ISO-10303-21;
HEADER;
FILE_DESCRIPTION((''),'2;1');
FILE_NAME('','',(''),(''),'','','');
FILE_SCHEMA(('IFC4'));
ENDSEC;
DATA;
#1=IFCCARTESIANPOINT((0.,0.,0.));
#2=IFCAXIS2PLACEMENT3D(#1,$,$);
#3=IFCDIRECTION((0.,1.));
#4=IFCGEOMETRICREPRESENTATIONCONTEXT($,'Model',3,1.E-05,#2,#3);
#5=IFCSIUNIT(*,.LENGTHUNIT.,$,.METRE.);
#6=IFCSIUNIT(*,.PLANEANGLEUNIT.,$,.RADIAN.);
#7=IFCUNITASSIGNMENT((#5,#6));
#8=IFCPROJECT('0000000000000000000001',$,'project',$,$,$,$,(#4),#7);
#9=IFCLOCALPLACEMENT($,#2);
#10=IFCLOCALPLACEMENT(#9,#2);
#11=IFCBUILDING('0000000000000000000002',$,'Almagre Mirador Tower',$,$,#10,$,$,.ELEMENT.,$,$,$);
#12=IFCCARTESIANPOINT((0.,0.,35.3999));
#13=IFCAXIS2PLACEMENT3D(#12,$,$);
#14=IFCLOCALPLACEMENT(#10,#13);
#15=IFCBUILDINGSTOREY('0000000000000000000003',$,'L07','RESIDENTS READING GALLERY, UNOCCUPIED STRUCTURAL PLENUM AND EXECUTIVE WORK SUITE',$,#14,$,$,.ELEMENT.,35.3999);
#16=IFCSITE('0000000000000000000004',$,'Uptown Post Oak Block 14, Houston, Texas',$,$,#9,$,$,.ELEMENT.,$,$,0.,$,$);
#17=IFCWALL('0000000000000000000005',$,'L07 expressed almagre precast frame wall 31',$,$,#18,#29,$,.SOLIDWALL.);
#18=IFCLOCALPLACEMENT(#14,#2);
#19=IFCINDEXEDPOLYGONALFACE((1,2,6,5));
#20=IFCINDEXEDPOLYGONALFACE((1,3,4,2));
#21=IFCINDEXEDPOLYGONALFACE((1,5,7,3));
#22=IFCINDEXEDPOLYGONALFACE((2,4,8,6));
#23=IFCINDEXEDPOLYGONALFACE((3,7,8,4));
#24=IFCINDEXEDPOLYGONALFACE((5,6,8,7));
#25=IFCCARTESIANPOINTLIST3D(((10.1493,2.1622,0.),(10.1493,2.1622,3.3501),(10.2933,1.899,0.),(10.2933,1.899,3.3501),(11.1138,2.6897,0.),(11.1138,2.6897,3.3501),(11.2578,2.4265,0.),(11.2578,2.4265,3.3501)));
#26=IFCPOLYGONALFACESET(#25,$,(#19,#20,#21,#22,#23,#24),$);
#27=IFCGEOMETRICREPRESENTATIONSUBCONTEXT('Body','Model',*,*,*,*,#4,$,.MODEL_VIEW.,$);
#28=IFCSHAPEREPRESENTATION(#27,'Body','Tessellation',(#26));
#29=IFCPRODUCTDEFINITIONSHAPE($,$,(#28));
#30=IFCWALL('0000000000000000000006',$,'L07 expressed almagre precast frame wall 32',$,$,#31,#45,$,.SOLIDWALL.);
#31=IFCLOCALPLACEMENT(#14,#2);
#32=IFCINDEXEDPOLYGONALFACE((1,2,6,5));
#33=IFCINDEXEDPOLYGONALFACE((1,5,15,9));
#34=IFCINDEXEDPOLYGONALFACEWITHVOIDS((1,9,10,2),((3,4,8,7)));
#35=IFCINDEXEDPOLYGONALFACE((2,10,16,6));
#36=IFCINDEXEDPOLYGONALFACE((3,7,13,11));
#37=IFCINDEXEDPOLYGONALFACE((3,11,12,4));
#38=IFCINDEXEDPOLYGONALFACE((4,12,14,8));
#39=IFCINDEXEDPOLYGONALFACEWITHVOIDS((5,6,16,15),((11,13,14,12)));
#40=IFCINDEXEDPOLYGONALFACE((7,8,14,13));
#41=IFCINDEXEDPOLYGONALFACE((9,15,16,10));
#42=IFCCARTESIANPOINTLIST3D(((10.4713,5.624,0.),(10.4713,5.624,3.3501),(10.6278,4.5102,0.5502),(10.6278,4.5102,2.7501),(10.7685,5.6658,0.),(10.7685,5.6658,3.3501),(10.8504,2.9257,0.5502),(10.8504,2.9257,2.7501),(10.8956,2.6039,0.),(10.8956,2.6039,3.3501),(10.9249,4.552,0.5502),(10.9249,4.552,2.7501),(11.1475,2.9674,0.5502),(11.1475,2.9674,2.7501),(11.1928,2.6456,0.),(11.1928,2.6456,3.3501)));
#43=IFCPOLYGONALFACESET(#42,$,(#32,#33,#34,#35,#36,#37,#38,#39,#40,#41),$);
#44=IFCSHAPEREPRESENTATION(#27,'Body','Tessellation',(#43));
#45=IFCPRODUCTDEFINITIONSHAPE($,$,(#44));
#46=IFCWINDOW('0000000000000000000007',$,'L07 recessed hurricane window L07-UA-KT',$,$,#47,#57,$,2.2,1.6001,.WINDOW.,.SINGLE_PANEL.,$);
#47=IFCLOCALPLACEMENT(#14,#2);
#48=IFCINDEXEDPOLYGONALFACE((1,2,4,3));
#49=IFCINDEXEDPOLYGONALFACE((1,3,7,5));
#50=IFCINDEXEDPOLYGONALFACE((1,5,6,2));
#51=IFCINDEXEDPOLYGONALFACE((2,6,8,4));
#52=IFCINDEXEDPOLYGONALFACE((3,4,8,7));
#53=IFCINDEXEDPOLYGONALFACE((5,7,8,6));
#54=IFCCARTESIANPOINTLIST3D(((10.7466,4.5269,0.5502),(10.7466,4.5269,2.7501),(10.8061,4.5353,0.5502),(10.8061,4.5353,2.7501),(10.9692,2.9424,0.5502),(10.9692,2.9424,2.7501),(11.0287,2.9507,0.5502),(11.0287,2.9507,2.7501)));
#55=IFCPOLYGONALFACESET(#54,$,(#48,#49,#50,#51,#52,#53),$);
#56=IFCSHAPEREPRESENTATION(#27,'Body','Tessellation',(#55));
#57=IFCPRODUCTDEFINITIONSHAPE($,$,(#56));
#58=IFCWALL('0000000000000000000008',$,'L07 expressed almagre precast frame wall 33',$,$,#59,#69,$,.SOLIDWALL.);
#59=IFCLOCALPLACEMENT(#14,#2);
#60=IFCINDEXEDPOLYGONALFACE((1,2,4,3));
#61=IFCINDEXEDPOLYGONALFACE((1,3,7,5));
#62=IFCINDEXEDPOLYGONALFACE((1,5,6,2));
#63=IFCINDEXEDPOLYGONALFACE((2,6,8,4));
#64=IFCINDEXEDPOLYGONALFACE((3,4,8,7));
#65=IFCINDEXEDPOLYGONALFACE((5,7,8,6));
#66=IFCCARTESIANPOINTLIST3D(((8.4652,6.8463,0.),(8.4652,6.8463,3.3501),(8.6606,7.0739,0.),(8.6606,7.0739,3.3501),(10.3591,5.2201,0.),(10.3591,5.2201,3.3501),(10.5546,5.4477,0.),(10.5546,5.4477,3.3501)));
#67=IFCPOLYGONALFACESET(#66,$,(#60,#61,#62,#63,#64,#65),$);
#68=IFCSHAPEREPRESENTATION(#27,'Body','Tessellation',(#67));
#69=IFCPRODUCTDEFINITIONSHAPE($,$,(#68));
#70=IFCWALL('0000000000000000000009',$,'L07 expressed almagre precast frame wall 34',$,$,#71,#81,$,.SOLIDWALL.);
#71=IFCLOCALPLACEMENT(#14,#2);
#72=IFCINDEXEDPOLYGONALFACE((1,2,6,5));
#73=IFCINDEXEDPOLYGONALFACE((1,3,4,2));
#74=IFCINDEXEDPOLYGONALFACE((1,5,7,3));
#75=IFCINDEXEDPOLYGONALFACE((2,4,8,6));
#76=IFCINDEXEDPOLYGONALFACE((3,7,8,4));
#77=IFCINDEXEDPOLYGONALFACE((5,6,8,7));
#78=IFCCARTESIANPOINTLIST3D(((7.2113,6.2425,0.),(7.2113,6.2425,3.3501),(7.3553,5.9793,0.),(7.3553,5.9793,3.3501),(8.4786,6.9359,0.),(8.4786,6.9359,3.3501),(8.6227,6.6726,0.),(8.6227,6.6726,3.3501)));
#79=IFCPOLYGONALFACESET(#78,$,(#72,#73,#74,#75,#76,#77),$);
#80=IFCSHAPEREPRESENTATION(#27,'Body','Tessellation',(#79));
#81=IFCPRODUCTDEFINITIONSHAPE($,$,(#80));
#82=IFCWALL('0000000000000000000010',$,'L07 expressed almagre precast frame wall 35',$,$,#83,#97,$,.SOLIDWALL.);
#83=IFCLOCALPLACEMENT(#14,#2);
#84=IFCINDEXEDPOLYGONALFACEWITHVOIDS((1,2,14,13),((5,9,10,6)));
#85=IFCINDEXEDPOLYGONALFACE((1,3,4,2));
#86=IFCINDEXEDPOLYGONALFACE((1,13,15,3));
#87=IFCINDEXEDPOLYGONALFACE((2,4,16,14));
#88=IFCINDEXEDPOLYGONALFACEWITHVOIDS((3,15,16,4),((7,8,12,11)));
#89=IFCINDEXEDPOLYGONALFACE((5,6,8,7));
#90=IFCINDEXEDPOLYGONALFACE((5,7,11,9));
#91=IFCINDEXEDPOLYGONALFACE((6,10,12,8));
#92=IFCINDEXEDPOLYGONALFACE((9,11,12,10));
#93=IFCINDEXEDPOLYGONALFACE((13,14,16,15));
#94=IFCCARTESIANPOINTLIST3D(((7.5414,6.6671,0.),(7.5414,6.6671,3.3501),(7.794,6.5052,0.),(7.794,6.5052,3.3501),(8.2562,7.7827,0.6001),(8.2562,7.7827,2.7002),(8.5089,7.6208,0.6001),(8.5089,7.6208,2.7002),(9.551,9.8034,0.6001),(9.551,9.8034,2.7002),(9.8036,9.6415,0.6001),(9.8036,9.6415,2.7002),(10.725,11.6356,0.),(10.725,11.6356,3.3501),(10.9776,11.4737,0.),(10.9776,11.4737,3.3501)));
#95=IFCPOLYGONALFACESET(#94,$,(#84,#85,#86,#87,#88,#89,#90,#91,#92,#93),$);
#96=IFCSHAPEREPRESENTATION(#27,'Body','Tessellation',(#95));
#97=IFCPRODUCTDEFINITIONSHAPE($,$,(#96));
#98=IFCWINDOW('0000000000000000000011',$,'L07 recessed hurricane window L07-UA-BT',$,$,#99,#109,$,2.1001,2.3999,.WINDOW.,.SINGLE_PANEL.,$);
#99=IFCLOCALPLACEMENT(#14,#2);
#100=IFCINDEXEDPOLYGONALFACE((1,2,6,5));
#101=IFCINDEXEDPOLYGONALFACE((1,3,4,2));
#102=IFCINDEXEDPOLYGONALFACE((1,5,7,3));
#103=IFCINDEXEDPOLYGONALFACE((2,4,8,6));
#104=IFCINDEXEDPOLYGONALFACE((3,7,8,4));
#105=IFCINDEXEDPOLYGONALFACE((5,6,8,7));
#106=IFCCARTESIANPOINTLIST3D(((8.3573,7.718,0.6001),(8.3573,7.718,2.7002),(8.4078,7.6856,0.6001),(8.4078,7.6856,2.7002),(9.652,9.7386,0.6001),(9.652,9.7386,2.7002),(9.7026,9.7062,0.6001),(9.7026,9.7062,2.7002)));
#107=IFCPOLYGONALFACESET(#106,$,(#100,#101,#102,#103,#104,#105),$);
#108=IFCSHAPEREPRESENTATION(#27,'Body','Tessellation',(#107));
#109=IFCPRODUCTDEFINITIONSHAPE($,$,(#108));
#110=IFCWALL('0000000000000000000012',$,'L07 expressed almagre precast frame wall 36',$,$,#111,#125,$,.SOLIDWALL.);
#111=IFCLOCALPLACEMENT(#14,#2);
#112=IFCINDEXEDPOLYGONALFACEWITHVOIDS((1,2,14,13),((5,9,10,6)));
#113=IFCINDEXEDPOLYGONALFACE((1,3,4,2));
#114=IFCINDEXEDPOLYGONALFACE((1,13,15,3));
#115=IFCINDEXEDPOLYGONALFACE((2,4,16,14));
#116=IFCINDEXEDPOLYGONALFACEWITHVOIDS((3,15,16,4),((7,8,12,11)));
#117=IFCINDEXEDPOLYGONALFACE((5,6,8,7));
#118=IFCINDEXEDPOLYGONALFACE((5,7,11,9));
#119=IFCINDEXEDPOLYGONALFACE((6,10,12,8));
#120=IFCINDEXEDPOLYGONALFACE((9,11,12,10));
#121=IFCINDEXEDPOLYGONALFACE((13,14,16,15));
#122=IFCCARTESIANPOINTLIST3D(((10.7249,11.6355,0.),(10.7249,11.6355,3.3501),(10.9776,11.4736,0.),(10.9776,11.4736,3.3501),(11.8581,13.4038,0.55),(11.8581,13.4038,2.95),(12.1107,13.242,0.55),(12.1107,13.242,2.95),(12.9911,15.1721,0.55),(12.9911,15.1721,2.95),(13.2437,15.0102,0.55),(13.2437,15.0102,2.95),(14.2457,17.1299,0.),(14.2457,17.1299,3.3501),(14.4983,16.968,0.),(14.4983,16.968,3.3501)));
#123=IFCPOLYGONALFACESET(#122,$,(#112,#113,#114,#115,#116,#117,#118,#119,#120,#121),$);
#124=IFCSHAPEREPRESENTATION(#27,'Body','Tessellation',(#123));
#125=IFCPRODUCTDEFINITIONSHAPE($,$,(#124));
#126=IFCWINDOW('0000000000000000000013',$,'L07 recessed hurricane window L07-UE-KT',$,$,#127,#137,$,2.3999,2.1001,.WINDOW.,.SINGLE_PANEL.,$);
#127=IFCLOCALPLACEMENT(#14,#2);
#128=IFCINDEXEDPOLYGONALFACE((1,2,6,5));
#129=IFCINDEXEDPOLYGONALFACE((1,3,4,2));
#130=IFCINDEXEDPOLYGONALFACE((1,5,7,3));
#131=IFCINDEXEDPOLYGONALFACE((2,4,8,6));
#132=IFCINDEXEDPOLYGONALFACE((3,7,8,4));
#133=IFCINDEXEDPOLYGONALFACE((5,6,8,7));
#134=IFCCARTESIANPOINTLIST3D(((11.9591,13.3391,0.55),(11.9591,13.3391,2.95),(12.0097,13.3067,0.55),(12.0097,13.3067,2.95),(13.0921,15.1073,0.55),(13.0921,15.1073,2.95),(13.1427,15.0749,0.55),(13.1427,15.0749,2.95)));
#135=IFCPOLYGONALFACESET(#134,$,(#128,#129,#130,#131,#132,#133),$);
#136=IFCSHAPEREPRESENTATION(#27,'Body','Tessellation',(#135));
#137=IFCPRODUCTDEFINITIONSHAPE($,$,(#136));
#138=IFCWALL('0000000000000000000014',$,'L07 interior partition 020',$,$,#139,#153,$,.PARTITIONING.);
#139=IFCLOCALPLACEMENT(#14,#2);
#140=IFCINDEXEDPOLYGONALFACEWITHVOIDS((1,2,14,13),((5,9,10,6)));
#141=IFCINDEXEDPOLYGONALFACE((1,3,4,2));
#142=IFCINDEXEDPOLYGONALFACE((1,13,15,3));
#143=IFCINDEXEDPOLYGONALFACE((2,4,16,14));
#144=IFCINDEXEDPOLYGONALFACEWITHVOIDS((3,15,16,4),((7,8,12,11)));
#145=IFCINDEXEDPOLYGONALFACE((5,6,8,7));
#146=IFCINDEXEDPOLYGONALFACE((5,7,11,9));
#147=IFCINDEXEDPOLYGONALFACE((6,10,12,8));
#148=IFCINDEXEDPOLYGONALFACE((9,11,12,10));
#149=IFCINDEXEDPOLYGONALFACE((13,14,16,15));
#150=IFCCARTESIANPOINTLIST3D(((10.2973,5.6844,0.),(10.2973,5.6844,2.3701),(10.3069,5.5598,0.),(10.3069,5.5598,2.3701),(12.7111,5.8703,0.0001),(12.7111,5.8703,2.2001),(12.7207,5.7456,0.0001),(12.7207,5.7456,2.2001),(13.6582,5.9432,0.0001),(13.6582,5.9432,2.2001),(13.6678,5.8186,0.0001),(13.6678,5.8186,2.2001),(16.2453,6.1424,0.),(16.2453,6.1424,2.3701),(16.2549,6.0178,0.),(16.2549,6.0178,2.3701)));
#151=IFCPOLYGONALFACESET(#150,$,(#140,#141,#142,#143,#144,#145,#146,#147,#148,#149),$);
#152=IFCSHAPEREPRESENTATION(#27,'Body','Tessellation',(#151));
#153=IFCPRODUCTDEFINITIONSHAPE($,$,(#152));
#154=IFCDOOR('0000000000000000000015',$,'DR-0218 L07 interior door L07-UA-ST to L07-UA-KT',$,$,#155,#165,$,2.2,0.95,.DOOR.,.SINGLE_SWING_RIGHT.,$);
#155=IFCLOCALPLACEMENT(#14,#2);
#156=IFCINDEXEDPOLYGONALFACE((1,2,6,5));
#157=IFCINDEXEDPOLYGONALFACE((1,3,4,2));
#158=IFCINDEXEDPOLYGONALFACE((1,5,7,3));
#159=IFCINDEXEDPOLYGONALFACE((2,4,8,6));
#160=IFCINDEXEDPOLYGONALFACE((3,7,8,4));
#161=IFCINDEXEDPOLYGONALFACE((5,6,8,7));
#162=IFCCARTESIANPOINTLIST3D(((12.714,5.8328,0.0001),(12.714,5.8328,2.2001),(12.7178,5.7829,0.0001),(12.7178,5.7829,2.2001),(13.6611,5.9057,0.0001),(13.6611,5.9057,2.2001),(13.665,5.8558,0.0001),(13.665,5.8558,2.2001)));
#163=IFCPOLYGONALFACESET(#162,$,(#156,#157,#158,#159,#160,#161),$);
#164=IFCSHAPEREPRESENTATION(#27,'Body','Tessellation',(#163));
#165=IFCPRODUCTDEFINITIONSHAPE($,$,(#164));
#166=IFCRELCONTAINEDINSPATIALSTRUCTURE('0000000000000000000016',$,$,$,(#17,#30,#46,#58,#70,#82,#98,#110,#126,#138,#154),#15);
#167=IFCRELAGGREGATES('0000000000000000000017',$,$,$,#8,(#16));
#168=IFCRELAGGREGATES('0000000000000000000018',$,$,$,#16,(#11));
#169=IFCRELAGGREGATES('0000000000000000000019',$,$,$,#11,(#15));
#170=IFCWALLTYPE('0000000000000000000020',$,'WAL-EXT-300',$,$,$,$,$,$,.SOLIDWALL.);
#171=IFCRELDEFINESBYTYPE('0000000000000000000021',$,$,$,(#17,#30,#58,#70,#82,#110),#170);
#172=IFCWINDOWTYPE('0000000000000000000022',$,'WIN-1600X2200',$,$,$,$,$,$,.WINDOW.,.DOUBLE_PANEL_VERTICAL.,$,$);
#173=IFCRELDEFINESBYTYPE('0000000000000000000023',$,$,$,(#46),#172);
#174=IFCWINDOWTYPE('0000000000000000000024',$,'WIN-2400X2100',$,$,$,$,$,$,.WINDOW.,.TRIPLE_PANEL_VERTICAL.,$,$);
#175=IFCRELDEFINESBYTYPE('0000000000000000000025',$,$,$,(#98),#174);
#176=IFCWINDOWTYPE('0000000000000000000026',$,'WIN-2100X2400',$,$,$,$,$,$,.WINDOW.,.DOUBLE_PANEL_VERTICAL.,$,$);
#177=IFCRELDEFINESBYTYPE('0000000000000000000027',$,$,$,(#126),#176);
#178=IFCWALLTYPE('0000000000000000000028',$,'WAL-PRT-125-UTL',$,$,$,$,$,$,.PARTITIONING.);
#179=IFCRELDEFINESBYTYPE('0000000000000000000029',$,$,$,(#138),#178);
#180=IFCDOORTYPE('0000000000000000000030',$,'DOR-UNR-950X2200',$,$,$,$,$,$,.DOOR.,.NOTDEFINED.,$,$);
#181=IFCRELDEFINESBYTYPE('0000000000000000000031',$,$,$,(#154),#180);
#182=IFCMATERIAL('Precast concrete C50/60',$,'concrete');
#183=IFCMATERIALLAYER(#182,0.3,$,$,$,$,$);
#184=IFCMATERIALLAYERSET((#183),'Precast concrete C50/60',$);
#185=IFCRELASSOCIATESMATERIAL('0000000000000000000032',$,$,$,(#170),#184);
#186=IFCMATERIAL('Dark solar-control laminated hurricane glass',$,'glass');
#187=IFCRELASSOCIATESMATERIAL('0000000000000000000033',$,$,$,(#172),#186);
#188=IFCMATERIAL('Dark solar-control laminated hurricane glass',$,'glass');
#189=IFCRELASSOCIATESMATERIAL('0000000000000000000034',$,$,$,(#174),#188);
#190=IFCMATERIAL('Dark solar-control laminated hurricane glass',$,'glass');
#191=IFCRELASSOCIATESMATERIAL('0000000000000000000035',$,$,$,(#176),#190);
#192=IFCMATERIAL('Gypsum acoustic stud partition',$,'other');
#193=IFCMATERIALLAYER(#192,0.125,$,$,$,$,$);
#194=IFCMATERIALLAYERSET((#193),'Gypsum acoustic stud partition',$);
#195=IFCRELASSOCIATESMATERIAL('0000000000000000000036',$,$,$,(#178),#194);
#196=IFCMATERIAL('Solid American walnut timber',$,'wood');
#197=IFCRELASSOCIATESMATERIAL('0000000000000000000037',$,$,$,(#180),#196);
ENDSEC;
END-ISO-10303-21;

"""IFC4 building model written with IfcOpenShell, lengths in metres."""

from ifc_helpers import new_model, si_unit, direction, frame, frame_2d, origin, place, context, subcontext, project, spatial, rectangle, extrude, material, layer, layer_set, type_object, element, fill, save


model = new_model("IFC4")

# Units and contexts
model_context = context("Model", 3, precision=1e-05, world=origin(), true_north=direction((0.0, 1.0)))
body_context = subcontext(model_context, "Body", "Model", "MODEL_VIEW")
ifc_project = project(units=[si_unit("LENGTHUNIT", "METRE"), si_unit("PLANEANGLEUNIT", "RADIAN")], contexts=[model_context])

# Site, building, storey
site_placement = place(None, origin())
site = spatial("IfcSite", under=ifc_project, at=site_placement, Name="Uptown Post Oak Block 14, Houston, Texas", CompositionType="ELEMENT", RefElevation=0.0)
building_placement = place(site_placement, origin())
building = spatial("IfcBuilding", under=site, at=building_placement, Name="Almagre Mirador Tower", CompositionType="ELEMENT")
storey_placement = place(building_placement, frame((0.0, 0.0, 35.3999)))
storey = spatial("IfcBuildingStorey", under=building, at=storey_placement, Name="L07", Description="RESIDENTS READING GALLERY, UNOCCUPIED STRUCTURAL PLENUM AND EXECUTIVE WORK SUITE", CompositionType="ELEMENT", Elevation=35.3999)

# Wall
ifc_material_1 = material(Name="Precast concrete C50/60", Category="concrete")
ifc_layer_1 = layer(ifc_material_1, 0.3)
ifc_layer_set_1 = layer_set([ifc_layer_1], Name="Precast concrete C50/60")
wall_type_1 = type_object("IfcWallType", Name="WAL-EXT-300", PredefinedType="SOLIDWALL", material=ifc_layer_set_1)
wall_1_placement = place(storey_placement, frame((10.2212, 2.0305, 0.0), z_axis=(0.0, 0.0, 1.0), x_axis=(0.877343, 0.479863, 0.0)))
element("IfcWall", 1, at=wall_1_placement, inside=storey, type_object=wall_type_1, Name="L07 expressed almagre precast frame wall 31", PredefinedType="SOLIDWALL", context=body_context, shape_type="SweptSolid", body=[
    extrude(rectangle(XDim=1.0994, YDim=0.3, at=frame_2d((0.5498, 0.0))), origin(), (0.0, 0.0, 1.0), 3.3501),
])

# Wall, opening, window
wall_2_placement = place(storey_placement, frame((11.0442, 2.6248, 0.0), z_axis=(0.0, 0.0, 1.0), x_axis=(-0.139124, 0.990275, 0.0)))
wall_2 = element("IfcWall", 2, at=wall_2_placement, inside=storey, type_object=wall_type_1, Name="L07 expressed almagre precast frame wall 32", PredefinedType="SOLIDWALL", context=body_context, shape_type="SweptSolid", body=[
    extrude(rectangle(XDim=3.0498, YDim=0.3, at=frame_2d((1.5249, 0.0))), origin(), (0.0, 0.0, 1.0), 3.3501),
])
opening_1_placement = place(wall_2_placement, frame((0.325, 0.0, 0.55)))
opening_1 = element("IfcOpeningElement", 3, at=opening_1_placement, cuts=wall_2, PredefinedType="OPENING", context=body_context, shape_type="SweptSolid", body=[
    extrude(rectangle(XDim=1.6001, YDim=2.2, at=frame_2d((0.8, 1.1001))), frame((0.0, 0.1599, 0.0), z_axis=(0.0, -1.0, 0.0), x_axis=(1.0, 0.0, 0.0)), (0.0, 0.0, 1.0), 0.32),
])
ifc_material_2 = material(Name="Dark solar-control laminated hurricane glass", Category="glass")
window_type_1 = type_object("IfcWindowType", Name="WIN-1600X2200", PartitioningType="DOUBLE_PANEL_VERTICAL", PredefinedType="WINDOW", material=ifc_material_2)
window_1_placement = place(opening_1_placement, origin())
window_1 = element("IfcWindow", 4, at=window_1_placement, inside=storey, type_object=window_type_1, Name="L07 recessed hurricane window L07-UA-KT", OverallHeight=2.2, OverallWidth=1.6001, PartitioningType="SINGLE_PANEL", PredefinedType="WINDOW", context=body_context, shape_type="SweptSolid", body=[
    extrude(rectangle(XDim=1.6001, YDim=2.2, at=frame_2d((0.8, 1.1001))), frame((0.0, 0.03, 0.0), z_axis=(0.0, -1.0, 0.0), x_axis=(1.0, 0.0, 0.0)), (0.0, 0.0, 1.0), 0.0601),
])
fill(opening_1, window_1)

# Walls
wall_3_placement = place(storey_placement, frame((10.4568, 5.334, 0.0), z_axis=(0.0, 0.0, 1.0), x_axis=(-0.758711, 0.651427, 0.0)))
element("IfcWall", 5, at=wall_3_placement, inside=storey, type_object=wall_type_1, Name="L07 expressed almagre precast frame wall 33", PredefinedType="SOLIDWALL", context=body_context, shape_type="SweptSolid", body=[
    extrude(rectangle(XDim=2.4963, YDim=0.3, at=frame_2d((1.248, 0.0))), origin(), (0.0, 0.0, 1.0), 3.3501),
])
wall_4_placement = place(storey_placement, frame((8.5505, 6.8042, 0.0), z_axis=(0.0, 0.0, 1.0), x_axis=(-0.877288, -0.479965, 0.0)))
element("IfcWall", 6, at=wall_4_placement, inside=storey, type_object=wall_type_1, Name="L07 expressed almagre precast frame wall 34", PredefinedType="SOLIDWALL", context=body_context, shape_type="SweptSolid", body=[
    extrude(rectangle(XDim=1.4446, YDim=0.3, at=frame_2d((0.7222, 0.0))), origin(), (0.0, 0.0, 1.0), 3.3501),
])

# Walls, openings, windows
wall_5_placement = place(storey_placement, frame((7.6677, 6.5862, 0.0), z_axis=(0.0, 0.0, 1.0), x_axis=(0.539504, 0.841983, 0.0)))
wall_5 = element("IfcWall", 7, at=wall_5_placement, inside=storey, type_object=wall_type_1, Name="L07 expressed almagre precast frame wall 35", PredefinedType="SOLIDWALL", context=body_context, shape_type="SweptSolid", body=[
    extrude(rectangle(XDim=5.9009, YDim=0.3, at=frame_2d((2.9504, 0.0))), origin(), (0.0, 0.0, 1.0), 3.3501),
])
opening_2_placement = place(wall_5_placement, frame((1.325, 0.0, 0.6001)))
opening_2 = element("IfcOpeningElement", 8, at=opening_2_placement, cuts=wall_5, PredefinedType="OPENING", context=body_context, shape_type="SweptSolid", body=[
    extrude(rectangle(XDim=2.3999, YDim=2.1001, at=frame_2d((1.2, 1.05))), frame((0.0, 0.1599, 0.0), z_axis=(0.0, -1.0, 0.0), x_axis=(1.0, 0.0, 0.0)), (0.0, 0.0, 1.0), 0.32),
])
ifc_material_3 = material(Name="Dark solar-control laminated hurricane glass", Category="glass")
window_type_2 = type_object("IfcWindowType", Name="WIN-2400X2100", PartitioningType="TRIPLE_PANEL_VERTICAL", PredefinedType="WINDOW", material=ifc_material_3)
window_2_placement = place(opening_2_placement, origin())
window_2 = element("IfcWindow", 9, at=window_2_placement, inside=storey, type_object=window_type_2, Name="L07 recessed hurricane window L07-UA-BT", OverallHeight=2.1001, OverallWidth=2.3999, PartitioningType="SINGLE_PANEL", PredefinedType="WINDOW", context=body_context, shape_type="SweptSolid", body=[
    extrude(rectangle(XDim=2.3999, YDim=2.1001, at=frame_2d((1.2, 1.05))), frame((0.0, 0.03, 0.0), z_axis=(0.0, -1.0, 0.0), x_axis=(1.0, 0.0, 0.0)), (0.0, 0.0, 1.0), 0.0601),
])
fill(opening_2, window_2)
wall_6_placement = place(storey_placement, frame((10.8513, 11.5547, 0.0), z_axis=(0.0, 0.0, 1.0), x_axis=(0.539526, 0.841969, 0.0)))
wall_6 = element("IfcWall", 10, at=wall_6_placement, inside=storey, type_object=wall_type_1, Name="L07 expressed almagre precast frame wall 36", PredefinedType="SOLIDWALL", context=body_context, shape_type="SweptSolid", body=[
    extrude(rectangle(XDim=6.5256, YDim=0.3, at=frame_2d((3.2627, 0.0))), origin(), (0.0, 0.0, 1.0), 3.3501),
])
opening_3_placement = place(wall_6_placement, frame((2.1001, 0.0, 0.55)))
opening_3 = element("IfcOpeningElement", 11, at=opening_3_placement, cuts=wall_6, PredefinedType="OPENING", context=body_context, shape_type="SweptSolid", body=[
    extrude(rectangle(XDim=2.1001, YDim=2.3999, at=frame_2d((1.05, 1.2))), frame((0.0, 0.1599, 0.0), z_axis=(0.0, -1.0, 0.0), x_axis=(1.0, 0.0, 0.0)), (0.0, 0.0, 1.0), 0.32),
])
ifc_material_4 = material(Name="Dark solar-control laminated hurricane glass", Category="glass")
window_type_3 = type_object("IfcWindowType", Name="WIN-2100X2400", PartitioningType="DOUBLE_PANEL_VERTICAL", PredefinedType="WINDOW", material=ifc_material_4)
window_3_placement = place(opening_3_placement, origin())
window_3 = element("IfcWindow", 12, at=window_3_placement, inside=storey, type_object=window_type_3, Name="L07 recessed hurricane window L07-UE-KT", OverallHeight=2.3999, OverallWidth=2.1001, PartitioningType="SINGLE_PANEL", PredefinedType="WINDOW", context=body_context, shape_type="SweptSolid", body=[
    extrude(rectangle(XDim=2.1001, YDim=2.3999, at=frame_2d((1.05, 1.2))), frame((0.0, 0.03, 0.0), z_axis=(0.0, -1.0, 0.0), x_axis=(1.0, 0.0, 0.0)), (0.0, 0.0, 1.0), 0.0601),
])
fill(opening_3, window_3)

# Wall, opening, door
ifc_material_5 = material(Name="Gypsum acoustic stud partition", Category="other")
ifc_layer_2 = layer(ifc_material_5, 0.125)
ifc_layer_set_2 = layer_set([ifc_layer_2], Name="Gypsum acoustic stud partition")
wall_type_2 = type_object("IfcWallType", Name="WAL-PRT-125-UTL", PredefinedType="PARTITIONING", material=ifc_layer_set_2)
wall_7_placement = place(storey_placement, frame((10.302, 5.6221, 0.0), z_axis=(0.0, 0.0, 1.0), x_axis=(0.997048, 0.076775, 0.0)))
wall_7 = element("IfcWall", 13, at=wall_7_placement, inside=storey, type_object=wall_type_2, Name="L07 interior partition 020", PredefinedType="PARTITIONING", context=body_context, shape_type="SweptSolid", body=[
    extrude(rectangle(XDim=5.9656, YDim=0.125, at=frame_2d((2.9829, 0.0))), origin(), (0.0, 0.0, 1.0), 2.3701),
])
opening_4_placement = place(wall_7_placement, frame((2.4209, 0.0, 0.0)))
opening_4 = element("IfcOpeningElement", 14, at=opening_4_placement, cuts=wall_7, PredefinedType="OPENING", context=body_context, shape_type="SweptSolid", body=[
    extrude(rectangle(XDim=0.95, YDim=2.2, at=frame_2d((0.4751, 1.1001))), frame((0.0, 0.0725, 0.0), z_axis=(0.0, -1.0, 0.0), x_axis=(1.0, 0.0, 0.0)), (0.0, 0.0, 1.0), 0.145),
])
ifc_material_6 = material(Name="Solid American walnut timber", Category="wood")
door_type = type_object("IfcDoorType", Name="DOR-UNR-950X2200", OperationType="NOTDEFINED", PredefinedType="DOOR", material=ifc_material_6)
door_placement = place(opening_4_placement, origin())
door = element("IfcDoor", 15, at=door_placement, inside=storey, type_object=door_type, Name="DR-0218 L07 interior door L07-UA-ST to L07-UA-KT", OperationType="SINGLE_SWING_RIGHT", OverallHeight=2.2, OverallWidth=0.95, PredefinedType="DOOR", context=body_context, shape_type="SweptSolid", body=[
    extrude(rectangle(XDim=0.95, YDim=2.2, at=frame_2d((0.4751, 1.1001))), frame((0.0, 0.0249, 0.0), z_axis=(0.0, -1.0, 0.0), x_axis=(1.0, 0.0, 0.0)), (0.0, 0.0, 1.0), 0.05),
])
fill(opening_4, door)

save(model, "model.ifc")
